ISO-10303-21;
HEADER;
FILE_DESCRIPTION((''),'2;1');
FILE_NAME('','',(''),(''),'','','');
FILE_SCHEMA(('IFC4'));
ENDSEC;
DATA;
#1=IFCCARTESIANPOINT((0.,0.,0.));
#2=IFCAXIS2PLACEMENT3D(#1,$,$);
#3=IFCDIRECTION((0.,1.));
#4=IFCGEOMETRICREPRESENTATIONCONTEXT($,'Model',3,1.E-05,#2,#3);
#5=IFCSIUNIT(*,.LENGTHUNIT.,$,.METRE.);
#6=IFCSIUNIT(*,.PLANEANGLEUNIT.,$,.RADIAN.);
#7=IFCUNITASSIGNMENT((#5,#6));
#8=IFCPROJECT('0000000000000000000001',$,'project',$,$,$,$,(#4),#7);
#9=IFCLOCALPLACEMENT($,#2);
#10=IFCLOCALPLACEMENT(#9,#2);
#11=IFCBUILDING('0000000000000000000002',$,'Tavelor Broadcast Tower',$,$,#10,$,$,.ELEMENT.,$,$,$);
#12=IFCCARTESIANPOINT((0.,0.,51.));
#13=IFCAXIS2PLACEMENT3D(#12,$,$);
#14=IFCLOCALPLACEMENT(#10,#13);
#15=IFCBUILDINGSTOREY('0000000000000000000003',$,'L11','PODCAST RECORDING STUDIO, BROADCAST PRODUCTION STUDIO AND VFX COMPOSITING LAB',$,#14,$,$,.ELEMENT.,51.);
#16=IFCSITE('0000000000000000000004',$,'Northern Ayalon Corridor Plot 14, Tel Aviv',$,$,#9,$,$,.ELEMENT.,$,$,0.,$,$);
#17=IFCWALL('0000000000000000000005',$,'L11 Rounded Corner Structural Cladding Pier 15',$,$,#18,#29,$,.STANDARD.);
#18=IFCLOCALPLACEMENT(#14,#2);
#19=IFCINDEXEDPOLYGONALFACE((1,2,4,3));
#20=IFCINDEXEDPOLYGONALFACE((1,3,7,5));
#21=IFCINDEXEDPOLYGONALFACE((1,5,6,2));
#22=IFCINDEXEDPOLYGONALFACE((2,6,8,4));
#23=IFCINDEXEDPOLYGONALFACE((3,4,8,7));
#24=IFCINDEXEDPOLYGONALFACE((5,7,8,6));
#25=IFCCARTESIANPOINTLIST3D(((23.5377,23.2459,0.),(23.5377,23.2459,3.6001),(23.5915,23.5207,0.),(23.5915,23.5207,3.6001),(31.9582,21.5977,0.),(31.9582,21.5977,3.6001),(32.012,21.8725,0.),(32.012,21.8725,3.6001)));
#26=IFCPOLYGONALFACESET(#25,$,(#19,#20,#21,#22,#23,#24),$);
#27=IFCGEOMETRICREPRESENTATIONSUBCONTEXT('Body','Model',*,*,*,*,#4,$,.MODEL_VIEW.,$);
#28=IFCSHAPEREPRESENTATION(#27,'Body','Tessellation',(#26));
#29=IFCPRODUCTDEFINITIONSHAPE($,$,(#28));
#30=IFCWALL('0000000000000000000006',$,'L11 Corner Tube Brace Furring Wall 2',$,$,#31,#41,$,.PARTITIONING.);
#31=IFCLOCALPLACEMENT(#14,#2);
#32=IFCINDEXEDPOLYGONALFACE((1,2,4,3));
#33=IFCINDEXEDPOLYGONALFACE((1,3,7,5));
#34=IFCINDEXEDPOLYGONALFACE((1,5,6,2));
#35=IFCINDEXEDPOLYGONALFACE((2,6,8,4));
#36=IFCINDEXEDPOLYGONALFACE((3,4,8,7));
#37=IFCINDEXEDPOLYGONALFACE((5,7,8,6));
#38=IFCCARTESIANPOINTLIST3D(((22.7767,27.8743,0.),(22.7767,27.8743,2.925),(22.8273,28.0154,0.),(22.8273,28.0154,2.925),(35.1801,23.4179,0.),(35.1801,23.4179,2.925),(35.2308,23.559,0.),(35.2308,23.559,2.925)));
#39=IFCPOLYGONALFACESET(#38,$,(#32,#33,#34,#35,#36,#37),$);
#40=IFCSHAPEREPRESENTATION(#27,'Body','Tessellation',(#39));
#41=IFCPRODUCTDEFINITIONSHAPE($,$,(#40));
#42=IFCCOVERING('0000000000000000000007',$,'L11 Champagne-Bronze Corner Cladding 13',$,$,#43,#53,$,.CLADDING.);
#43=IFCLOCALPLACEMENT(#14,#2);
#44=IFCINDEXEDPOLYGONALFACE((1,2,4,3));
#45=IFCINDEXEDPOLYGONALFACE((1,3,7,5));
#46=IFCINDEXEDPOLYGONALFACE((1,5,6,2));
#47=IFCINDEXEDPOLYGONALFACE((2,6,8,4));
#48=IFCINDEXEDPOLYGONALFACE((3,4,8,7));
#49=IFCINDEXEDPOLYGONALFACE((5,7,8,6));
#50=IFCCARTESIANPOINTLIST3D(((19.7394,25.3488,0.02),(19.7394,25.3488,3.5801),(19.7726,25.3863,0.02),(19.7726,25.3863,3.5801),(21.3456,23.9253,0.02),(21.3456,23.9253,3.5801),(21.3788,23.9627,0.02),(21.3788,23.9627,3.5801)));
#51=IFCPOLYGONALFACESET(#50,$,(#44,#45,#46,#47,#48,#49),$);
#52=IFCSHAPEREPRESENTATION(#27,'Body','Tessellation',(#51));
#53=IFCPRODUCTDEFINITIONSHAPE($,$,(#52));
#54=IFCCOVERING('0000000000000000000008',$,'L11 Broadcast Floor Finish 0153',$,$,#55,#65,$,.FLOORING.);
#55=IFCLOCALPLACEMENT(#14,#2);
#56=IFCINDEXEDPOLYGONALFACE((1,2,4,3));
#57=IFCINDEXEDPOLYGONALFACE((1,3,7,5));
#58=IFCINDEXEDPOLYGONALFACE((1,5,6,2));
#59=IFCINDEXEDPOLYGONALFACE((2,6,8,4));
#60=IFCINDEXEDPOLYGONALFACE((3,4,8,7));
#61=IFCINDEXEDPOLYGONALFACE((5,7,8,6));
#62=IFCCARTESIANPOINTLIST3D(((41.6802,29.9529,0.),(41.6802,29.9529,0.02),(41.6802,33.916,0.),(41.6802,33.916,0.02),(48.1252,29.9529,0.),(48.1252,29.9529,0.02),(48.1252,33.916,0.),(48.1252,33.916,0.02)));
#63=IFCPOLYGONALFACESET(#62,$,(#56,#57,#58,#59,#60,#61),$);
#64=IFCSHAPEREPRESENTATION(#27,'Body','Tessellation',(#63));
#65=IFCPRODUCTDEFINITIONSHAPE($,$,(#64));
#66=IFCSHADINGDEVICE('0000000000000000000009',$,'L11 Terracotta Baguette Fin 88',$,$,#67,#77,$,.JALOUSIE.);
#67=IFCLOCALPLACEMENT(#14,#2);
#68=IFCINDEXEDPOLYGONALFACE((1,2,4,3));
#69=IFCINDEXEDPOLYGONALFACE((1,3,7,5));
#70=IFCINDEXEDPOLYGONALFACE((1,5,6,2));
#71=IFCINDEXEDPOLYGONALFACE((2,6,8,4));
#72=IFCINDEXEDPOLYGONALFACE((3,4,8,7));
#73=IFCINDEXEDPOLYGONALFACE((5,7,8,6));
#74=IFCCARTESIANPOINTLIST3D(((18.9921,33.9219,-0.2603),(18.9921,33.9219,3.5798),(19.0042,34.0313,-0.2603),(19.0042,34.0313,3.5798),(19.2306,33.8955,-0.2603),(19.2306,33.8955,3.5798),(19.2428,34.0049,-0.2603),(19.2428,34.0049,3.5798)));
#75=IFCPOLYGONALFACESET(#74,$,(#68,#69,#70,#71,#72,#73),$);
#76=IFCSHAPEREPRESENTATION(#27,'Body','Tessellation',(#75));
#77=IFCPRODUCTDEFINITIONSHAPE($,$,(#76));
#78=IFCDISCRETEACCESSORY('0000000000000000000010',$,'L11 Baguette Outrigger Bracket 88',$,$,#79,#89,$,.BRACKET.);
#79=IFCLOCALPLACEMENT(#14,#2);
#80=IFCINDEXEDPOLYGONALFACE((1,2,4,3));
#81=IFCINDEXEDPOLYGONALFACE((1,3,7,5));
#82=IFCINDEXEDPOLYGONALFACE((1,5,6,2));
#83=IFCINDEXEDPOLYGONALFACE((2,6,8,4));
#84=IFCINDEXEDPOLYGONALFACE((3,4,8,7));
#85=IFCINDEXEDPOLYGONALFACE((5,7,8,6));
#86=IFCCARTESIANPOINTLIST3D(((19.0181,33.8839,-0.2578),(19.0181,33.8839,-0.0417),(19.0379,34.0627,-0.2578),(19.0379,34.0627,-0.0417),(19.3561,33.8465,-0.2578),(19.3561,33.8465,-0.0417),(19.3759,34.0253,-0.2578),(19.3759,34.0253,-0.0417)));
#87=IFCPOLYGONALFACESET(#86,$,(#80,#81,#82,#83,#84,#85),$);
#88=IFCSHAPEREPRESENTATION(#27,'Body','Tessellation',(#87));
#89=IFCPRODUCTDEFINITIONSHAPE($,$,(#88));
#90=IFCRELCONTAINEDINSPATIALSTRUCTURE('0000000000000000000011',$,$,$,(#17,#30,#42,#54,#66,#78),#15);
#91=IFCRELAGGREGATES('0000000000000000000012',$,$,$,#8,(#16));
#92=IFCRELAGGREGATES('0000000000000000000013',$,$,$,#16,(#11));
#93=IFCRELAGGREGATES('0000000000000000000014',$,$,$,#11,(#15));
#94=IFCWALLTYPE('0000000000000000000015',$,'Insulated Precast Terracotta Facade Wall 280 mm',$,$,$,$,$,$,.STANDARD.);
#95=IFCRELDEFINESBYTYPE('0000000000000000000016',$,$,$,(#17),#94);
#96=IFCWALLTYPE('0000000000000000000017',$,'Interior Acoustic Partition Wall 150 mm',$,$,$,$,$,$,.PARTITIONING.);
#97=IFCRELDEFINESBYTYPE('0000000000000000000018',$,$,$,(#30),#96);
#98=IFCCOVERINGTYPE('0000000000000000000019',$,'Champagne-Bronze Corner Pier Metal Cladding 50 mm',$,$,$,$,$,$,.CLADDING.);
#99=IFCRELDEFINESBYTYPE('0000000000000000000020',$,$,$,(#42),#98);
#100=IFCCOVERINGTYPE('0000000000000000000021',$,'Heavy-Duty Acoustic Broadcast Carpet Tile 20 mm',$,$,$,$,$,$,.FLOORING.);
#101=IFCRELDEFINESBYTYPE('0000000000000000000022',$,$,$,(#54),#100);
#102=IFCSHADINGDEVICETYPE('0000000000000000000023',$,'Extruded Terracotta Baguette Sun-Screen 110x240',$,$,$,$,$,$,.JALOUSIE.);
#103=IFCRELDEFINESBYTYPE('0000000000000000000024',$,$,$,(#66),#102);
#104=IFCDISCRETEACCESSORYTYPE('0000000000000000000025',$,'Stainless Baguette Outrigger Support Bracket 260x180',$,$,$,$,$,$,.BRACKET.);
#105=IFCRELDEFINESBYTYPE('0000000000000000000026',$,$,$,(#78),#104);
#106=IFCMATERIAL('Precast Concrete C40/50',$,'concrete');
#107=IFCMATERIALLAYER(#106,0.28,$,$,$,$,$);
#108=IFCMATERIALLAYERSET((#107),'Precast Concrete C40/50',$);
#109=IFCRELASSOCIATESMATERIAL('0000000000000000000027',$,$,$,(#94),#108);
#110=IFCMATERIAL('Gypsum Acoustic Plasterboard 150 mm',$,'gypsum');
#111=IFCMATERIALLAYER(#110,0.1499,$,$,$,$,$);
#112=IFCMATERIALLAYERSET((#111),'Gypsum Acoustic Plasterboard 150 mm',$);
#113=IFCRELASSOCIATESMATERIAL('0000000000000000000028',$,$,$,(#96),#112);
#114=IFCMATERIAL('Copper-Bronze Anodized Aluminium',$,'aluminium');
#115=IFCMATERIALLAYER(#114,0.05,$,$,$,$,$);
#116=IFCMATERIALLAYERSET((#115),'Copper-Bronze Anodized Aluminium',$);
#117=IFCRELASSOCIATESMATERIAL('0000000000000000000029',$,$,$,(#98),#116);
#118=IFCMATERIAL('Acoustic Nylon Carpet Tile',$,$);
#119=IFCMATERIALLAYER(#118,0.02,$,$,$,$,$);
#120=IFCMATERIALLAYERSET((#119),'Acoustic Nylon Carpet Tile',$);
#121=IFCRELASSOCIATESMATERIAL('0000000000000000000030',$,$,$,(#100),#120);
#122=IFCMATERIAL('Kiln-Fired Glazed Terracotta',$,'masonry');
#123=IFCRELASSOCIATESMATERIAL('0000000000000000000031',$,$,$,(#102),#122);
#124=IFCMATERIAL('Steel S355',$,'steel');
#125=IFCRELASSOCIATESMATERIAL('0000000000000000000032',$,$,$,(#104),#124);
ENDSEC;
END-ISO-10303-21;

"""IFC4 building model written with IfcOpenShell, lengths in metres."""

from ifc_helpers import new_model, si_unit, direction, frame, frame_2d, origin, origin_2d, place, context, subcontext, project, spatial, polyline, rectangle, outline, extrude, source, transform, mapped, material, layer, layer_set, type_object, type_shapes, element, save


model = new_model("IFC4")

# Units and contexts
model_context = context("Model", 3, precision=1e-05, world=origin(), true_north=direction((0.0, 1.0)))
body_context = subcontext(model_context, "Body", "Model", "MODEL_VIEW")
ifc_project = project(units=[si_unit("LENGTHUNIT", "METRE"), si_unit("PLANEANGLEUNIT", "RADIAN")], contexts=[model_context])

# Site, building, storey
site_placement = place(None, origin())
site = spatial("IfcSite", under=ifc_project, at=site_placement, Name="Northern Ayalon Corridor Plot 14, Tel Aviv", CompositionType="ELEMENT", RefElevation=0.0)
building_placement = place(site_placement, origin())
building = spatial("IfcBuilding", under=site, at=building_placement, Name="Tavelor Broadcast Tower", CompositionType="ELEMENT")
storey_placement = place(building_placement, frame((0.0, 0.0, 51.0)))
storey = spatial("IfcBuildingStorey", under=building, at=storey_placement, Name="L11", Description="PODCAST RECORDING STUDIO, BROADCAST PRODUCTION STUDIO AND VFX COMPOSITING LAB", CompositionType="ELEMENT", Elevation=51.0)

# Shared definitions
ifc_material_1 = material(Name="Steel S355", Category="steel")

# Walls
ifc_material_2 = material(Name="Precast Concrete C40/50", Category="concrete")
ifc_layer_1 = layer(ifc_material_2, 0.28)
ifc_layer_set_1 = layer_set([ifc_layer_1], Name="Precast Concrete C40/50")
wall_type_1 = type_object("IfcWallType", Name="Insulated Precast Terracotta Facade Wall 280 mm", PredefinedType="STANDARD", material=ifc_layer_set_1)
wall_1_placement = place(storey_placement, frame((23.5647, 23.3833, 0.0), z_axis=(0.0, 0.0, 1.0), x_axis=(0.981377, -0.192093, 0.0)))
element("IfcWall", 1, at=wall_1_placement, inside=storey, type_object=wall_type_1, Name="L11 Rounded Corner Structural Cladding Pier 15", PredefinedType="STANDARD", context=body_context, shape_type="SweptSolid", body=[
    extrude(rectangle(XDim=8.5803, YDim=0.28, at=frame_2d((4.29, 0.0))), origin(), (0.0, 0.0, 1.0), 3.6001),
])
ifc_material_3 = material(Name="Gypsum Acoustic Plasterboard 150 mm", Category="gypsum")
ifc_layer_2 = layer(ifc_material_3, 0.1499)
ifc_layer_set_2 = layer_set([ifc_layer_2], Name="Gypsum Acoustic Plasterboard 150 mm")
wall_type_2 = type_object("IfcWallType", Name="Interior Acoustic Partition Wall 150 mm", PredefinedType="PARTITIONING", material=ifc_layer_set_2)
wall_2_placement = place(storey_placement, frame((22.802, 27.9448, 0.0), z_axis=(0.0, 0.0, 1.0), x_axis=(0.941102, -0.338122, 0.0)))
element("IfcWall", 2, at=wall_2_placement, inside=storey, type_object=wall_type_2, Name="L11 Corner Tube Brace Furring Wall 2", PredefinedType="PARTITIONING", context=body_context, shape_type="SweptSolid", body=[
    extrude(rectangle(XDim=13.1797, YDim=0.1499, at=frame_2d((6.5898, 0.0))), origin(), (0.0, 0.0, 1.0), 2.925),
])

# Coverings
ifc_material_4 = material(Name="Copper-Bronze Anodized Aluminium", Category="aluminium")
ifc_layer_3 = layer(ifc_material_4, 0.05)
ifc_layer_set_3 = layer_set([ifc_layer_3], Name="Copper-Bronze Anodized Aluminium")
covering_type_1 = type_object("IfcCoveringType", Name="Champagne-Bronze Corner Pier Metal Cladding 50 mm", PredefinedType="CLADDING", material=ifc_layer_set_3)
covering_1_placement = place(storey_placement, frame((20.5591, 24.6558, 0.02), z_axis=(0.0, 0.0, 1.0), x_axis=(0.748377, -0.663273, 0.0)))
element("IfcCovering", 3, at=covering_1_placement, inside=storey, type_object=covering_type_1, Name="L11 Champagne-Bronze Corner Cladding 13", PredefinedType="CLADDING", context=body_context, shape_type="SweptSolid", body=[
    extrude(rectangle(XDim=2.1462, YDim=0.05, at=origin_2d()), origin(), (0.0, 0.0, 1.0), 3.5601),
])
ifc_material_5 = material(Name="Acoustic Nylon Carpet Tile")
ifc_layer_4 = layer(ifc_material_5, 0.02)
ifc_layer_set_4 = layer_set([ifc_layer_4], Name="Acoustic Nylon Carpet Tile")
covering_type_2 = type_object("IfcCoveringType", Name="Heavy-Duty Acoustic Broadcast Carpet Tile 20 mm", PredefinedType="FLOORING", material=ifc_layer_set_4)
covering_2_placement = place(storey_placement, origin())
element("IfcCovering", 4, at=covering_2_placement, inside=storey, type_object=covering_type_2, Name="L11 Broadcast Floor Finish 0153", PredefinedType="FLOORING", context=body_context, shape_type="SweptSolid", body=[
    extrude(outline(polyline([(41.6802, 29.9529), (48.1252, 29.9529), (48.1252, 33.916), (41.6802, 33.916), (41.6802, 29.9529)])), origin(), (0.0, 0.0, 1.0), 0.02),
])

# Shading device
ifc_material_6 = material(Name="Kiln-Fired Glazed Terracotta", Category="masonry")
shading_device_type = type_object("IfcShadingDeviceType", Name="Extruded Terracotta Baguette Sun-Screen 110x240", PredefinedType="JALOUSIE", material=ifc_material_6)
shared_shape_1 = source(origin(), body_context, "Body", "SweptSolid", [
    extrude(rectangle(XDim=0.1101, YDim=0.24, at=origin_2d()), origin(), (0.0, 0.0, 1.0), 3.8401),
])
type_shapes(shading_device_type, [shared_shape_1])
shading_device_placement = place(storey_placement, frame((19.1174, 33.9634, -0.2603), z_axis=(0.0, 0.0, 1.0), x_axis=(-0.110081, -0.993923, 0.0)))
element("IfcShadingDevice", 5, at=shading_device_placement, inside=storey, type_object=shading_device_type, Name="L11 Terracotta Baguette Fin 88", PredefinedType="JALOUSIE", context=body_context, shape_type="MappedRepresentation", body=[
    mapped(shared_shape_1, transform((0.0, 0.0, 0.0), scale=1.0)),
])

# Discrete accessory
discrete_accessory_type = type_object("IfcDiscreteAccessoryType", Name="Stainless Baguette Outrigger Support Bracket 260x180", PredefinedType="BRACKET", material=ifc_material_1)
shared_shape_2 = source(origin(), body_context, "Body", "SweptSolid", [
    extrude(rectangle(XDim=0.1799, YDim=0.3401, at=origin_2d()), origin(), (0.0, 0.0, 1.0), 0.2161),
])
type_shapes(discrete_accessory_type, [shared_shape_2])
discrete_accessory_placement = place(storey_placement, frame((19.197, 33.9546, -0.2578), z_axis=(0.0, 0.0, 1.0), x_axis=(-0.110081, -0.993923, 0.0)))
element("IfcDiscreteAccessory", 6, at=discrete_accessory_placement, inside=storey, type_object=discrete_accessory_type, Name="L11 Baguette Outrigger Bracket 88", PredefinedType="BRACKET", context=body_context, shape_type="MappedRepresentation", body=[
    mapped(shared_shape_2, transform((0.0, 0.0, 0.0), scale=1.0)),
])

save(model, "model.ifc")
